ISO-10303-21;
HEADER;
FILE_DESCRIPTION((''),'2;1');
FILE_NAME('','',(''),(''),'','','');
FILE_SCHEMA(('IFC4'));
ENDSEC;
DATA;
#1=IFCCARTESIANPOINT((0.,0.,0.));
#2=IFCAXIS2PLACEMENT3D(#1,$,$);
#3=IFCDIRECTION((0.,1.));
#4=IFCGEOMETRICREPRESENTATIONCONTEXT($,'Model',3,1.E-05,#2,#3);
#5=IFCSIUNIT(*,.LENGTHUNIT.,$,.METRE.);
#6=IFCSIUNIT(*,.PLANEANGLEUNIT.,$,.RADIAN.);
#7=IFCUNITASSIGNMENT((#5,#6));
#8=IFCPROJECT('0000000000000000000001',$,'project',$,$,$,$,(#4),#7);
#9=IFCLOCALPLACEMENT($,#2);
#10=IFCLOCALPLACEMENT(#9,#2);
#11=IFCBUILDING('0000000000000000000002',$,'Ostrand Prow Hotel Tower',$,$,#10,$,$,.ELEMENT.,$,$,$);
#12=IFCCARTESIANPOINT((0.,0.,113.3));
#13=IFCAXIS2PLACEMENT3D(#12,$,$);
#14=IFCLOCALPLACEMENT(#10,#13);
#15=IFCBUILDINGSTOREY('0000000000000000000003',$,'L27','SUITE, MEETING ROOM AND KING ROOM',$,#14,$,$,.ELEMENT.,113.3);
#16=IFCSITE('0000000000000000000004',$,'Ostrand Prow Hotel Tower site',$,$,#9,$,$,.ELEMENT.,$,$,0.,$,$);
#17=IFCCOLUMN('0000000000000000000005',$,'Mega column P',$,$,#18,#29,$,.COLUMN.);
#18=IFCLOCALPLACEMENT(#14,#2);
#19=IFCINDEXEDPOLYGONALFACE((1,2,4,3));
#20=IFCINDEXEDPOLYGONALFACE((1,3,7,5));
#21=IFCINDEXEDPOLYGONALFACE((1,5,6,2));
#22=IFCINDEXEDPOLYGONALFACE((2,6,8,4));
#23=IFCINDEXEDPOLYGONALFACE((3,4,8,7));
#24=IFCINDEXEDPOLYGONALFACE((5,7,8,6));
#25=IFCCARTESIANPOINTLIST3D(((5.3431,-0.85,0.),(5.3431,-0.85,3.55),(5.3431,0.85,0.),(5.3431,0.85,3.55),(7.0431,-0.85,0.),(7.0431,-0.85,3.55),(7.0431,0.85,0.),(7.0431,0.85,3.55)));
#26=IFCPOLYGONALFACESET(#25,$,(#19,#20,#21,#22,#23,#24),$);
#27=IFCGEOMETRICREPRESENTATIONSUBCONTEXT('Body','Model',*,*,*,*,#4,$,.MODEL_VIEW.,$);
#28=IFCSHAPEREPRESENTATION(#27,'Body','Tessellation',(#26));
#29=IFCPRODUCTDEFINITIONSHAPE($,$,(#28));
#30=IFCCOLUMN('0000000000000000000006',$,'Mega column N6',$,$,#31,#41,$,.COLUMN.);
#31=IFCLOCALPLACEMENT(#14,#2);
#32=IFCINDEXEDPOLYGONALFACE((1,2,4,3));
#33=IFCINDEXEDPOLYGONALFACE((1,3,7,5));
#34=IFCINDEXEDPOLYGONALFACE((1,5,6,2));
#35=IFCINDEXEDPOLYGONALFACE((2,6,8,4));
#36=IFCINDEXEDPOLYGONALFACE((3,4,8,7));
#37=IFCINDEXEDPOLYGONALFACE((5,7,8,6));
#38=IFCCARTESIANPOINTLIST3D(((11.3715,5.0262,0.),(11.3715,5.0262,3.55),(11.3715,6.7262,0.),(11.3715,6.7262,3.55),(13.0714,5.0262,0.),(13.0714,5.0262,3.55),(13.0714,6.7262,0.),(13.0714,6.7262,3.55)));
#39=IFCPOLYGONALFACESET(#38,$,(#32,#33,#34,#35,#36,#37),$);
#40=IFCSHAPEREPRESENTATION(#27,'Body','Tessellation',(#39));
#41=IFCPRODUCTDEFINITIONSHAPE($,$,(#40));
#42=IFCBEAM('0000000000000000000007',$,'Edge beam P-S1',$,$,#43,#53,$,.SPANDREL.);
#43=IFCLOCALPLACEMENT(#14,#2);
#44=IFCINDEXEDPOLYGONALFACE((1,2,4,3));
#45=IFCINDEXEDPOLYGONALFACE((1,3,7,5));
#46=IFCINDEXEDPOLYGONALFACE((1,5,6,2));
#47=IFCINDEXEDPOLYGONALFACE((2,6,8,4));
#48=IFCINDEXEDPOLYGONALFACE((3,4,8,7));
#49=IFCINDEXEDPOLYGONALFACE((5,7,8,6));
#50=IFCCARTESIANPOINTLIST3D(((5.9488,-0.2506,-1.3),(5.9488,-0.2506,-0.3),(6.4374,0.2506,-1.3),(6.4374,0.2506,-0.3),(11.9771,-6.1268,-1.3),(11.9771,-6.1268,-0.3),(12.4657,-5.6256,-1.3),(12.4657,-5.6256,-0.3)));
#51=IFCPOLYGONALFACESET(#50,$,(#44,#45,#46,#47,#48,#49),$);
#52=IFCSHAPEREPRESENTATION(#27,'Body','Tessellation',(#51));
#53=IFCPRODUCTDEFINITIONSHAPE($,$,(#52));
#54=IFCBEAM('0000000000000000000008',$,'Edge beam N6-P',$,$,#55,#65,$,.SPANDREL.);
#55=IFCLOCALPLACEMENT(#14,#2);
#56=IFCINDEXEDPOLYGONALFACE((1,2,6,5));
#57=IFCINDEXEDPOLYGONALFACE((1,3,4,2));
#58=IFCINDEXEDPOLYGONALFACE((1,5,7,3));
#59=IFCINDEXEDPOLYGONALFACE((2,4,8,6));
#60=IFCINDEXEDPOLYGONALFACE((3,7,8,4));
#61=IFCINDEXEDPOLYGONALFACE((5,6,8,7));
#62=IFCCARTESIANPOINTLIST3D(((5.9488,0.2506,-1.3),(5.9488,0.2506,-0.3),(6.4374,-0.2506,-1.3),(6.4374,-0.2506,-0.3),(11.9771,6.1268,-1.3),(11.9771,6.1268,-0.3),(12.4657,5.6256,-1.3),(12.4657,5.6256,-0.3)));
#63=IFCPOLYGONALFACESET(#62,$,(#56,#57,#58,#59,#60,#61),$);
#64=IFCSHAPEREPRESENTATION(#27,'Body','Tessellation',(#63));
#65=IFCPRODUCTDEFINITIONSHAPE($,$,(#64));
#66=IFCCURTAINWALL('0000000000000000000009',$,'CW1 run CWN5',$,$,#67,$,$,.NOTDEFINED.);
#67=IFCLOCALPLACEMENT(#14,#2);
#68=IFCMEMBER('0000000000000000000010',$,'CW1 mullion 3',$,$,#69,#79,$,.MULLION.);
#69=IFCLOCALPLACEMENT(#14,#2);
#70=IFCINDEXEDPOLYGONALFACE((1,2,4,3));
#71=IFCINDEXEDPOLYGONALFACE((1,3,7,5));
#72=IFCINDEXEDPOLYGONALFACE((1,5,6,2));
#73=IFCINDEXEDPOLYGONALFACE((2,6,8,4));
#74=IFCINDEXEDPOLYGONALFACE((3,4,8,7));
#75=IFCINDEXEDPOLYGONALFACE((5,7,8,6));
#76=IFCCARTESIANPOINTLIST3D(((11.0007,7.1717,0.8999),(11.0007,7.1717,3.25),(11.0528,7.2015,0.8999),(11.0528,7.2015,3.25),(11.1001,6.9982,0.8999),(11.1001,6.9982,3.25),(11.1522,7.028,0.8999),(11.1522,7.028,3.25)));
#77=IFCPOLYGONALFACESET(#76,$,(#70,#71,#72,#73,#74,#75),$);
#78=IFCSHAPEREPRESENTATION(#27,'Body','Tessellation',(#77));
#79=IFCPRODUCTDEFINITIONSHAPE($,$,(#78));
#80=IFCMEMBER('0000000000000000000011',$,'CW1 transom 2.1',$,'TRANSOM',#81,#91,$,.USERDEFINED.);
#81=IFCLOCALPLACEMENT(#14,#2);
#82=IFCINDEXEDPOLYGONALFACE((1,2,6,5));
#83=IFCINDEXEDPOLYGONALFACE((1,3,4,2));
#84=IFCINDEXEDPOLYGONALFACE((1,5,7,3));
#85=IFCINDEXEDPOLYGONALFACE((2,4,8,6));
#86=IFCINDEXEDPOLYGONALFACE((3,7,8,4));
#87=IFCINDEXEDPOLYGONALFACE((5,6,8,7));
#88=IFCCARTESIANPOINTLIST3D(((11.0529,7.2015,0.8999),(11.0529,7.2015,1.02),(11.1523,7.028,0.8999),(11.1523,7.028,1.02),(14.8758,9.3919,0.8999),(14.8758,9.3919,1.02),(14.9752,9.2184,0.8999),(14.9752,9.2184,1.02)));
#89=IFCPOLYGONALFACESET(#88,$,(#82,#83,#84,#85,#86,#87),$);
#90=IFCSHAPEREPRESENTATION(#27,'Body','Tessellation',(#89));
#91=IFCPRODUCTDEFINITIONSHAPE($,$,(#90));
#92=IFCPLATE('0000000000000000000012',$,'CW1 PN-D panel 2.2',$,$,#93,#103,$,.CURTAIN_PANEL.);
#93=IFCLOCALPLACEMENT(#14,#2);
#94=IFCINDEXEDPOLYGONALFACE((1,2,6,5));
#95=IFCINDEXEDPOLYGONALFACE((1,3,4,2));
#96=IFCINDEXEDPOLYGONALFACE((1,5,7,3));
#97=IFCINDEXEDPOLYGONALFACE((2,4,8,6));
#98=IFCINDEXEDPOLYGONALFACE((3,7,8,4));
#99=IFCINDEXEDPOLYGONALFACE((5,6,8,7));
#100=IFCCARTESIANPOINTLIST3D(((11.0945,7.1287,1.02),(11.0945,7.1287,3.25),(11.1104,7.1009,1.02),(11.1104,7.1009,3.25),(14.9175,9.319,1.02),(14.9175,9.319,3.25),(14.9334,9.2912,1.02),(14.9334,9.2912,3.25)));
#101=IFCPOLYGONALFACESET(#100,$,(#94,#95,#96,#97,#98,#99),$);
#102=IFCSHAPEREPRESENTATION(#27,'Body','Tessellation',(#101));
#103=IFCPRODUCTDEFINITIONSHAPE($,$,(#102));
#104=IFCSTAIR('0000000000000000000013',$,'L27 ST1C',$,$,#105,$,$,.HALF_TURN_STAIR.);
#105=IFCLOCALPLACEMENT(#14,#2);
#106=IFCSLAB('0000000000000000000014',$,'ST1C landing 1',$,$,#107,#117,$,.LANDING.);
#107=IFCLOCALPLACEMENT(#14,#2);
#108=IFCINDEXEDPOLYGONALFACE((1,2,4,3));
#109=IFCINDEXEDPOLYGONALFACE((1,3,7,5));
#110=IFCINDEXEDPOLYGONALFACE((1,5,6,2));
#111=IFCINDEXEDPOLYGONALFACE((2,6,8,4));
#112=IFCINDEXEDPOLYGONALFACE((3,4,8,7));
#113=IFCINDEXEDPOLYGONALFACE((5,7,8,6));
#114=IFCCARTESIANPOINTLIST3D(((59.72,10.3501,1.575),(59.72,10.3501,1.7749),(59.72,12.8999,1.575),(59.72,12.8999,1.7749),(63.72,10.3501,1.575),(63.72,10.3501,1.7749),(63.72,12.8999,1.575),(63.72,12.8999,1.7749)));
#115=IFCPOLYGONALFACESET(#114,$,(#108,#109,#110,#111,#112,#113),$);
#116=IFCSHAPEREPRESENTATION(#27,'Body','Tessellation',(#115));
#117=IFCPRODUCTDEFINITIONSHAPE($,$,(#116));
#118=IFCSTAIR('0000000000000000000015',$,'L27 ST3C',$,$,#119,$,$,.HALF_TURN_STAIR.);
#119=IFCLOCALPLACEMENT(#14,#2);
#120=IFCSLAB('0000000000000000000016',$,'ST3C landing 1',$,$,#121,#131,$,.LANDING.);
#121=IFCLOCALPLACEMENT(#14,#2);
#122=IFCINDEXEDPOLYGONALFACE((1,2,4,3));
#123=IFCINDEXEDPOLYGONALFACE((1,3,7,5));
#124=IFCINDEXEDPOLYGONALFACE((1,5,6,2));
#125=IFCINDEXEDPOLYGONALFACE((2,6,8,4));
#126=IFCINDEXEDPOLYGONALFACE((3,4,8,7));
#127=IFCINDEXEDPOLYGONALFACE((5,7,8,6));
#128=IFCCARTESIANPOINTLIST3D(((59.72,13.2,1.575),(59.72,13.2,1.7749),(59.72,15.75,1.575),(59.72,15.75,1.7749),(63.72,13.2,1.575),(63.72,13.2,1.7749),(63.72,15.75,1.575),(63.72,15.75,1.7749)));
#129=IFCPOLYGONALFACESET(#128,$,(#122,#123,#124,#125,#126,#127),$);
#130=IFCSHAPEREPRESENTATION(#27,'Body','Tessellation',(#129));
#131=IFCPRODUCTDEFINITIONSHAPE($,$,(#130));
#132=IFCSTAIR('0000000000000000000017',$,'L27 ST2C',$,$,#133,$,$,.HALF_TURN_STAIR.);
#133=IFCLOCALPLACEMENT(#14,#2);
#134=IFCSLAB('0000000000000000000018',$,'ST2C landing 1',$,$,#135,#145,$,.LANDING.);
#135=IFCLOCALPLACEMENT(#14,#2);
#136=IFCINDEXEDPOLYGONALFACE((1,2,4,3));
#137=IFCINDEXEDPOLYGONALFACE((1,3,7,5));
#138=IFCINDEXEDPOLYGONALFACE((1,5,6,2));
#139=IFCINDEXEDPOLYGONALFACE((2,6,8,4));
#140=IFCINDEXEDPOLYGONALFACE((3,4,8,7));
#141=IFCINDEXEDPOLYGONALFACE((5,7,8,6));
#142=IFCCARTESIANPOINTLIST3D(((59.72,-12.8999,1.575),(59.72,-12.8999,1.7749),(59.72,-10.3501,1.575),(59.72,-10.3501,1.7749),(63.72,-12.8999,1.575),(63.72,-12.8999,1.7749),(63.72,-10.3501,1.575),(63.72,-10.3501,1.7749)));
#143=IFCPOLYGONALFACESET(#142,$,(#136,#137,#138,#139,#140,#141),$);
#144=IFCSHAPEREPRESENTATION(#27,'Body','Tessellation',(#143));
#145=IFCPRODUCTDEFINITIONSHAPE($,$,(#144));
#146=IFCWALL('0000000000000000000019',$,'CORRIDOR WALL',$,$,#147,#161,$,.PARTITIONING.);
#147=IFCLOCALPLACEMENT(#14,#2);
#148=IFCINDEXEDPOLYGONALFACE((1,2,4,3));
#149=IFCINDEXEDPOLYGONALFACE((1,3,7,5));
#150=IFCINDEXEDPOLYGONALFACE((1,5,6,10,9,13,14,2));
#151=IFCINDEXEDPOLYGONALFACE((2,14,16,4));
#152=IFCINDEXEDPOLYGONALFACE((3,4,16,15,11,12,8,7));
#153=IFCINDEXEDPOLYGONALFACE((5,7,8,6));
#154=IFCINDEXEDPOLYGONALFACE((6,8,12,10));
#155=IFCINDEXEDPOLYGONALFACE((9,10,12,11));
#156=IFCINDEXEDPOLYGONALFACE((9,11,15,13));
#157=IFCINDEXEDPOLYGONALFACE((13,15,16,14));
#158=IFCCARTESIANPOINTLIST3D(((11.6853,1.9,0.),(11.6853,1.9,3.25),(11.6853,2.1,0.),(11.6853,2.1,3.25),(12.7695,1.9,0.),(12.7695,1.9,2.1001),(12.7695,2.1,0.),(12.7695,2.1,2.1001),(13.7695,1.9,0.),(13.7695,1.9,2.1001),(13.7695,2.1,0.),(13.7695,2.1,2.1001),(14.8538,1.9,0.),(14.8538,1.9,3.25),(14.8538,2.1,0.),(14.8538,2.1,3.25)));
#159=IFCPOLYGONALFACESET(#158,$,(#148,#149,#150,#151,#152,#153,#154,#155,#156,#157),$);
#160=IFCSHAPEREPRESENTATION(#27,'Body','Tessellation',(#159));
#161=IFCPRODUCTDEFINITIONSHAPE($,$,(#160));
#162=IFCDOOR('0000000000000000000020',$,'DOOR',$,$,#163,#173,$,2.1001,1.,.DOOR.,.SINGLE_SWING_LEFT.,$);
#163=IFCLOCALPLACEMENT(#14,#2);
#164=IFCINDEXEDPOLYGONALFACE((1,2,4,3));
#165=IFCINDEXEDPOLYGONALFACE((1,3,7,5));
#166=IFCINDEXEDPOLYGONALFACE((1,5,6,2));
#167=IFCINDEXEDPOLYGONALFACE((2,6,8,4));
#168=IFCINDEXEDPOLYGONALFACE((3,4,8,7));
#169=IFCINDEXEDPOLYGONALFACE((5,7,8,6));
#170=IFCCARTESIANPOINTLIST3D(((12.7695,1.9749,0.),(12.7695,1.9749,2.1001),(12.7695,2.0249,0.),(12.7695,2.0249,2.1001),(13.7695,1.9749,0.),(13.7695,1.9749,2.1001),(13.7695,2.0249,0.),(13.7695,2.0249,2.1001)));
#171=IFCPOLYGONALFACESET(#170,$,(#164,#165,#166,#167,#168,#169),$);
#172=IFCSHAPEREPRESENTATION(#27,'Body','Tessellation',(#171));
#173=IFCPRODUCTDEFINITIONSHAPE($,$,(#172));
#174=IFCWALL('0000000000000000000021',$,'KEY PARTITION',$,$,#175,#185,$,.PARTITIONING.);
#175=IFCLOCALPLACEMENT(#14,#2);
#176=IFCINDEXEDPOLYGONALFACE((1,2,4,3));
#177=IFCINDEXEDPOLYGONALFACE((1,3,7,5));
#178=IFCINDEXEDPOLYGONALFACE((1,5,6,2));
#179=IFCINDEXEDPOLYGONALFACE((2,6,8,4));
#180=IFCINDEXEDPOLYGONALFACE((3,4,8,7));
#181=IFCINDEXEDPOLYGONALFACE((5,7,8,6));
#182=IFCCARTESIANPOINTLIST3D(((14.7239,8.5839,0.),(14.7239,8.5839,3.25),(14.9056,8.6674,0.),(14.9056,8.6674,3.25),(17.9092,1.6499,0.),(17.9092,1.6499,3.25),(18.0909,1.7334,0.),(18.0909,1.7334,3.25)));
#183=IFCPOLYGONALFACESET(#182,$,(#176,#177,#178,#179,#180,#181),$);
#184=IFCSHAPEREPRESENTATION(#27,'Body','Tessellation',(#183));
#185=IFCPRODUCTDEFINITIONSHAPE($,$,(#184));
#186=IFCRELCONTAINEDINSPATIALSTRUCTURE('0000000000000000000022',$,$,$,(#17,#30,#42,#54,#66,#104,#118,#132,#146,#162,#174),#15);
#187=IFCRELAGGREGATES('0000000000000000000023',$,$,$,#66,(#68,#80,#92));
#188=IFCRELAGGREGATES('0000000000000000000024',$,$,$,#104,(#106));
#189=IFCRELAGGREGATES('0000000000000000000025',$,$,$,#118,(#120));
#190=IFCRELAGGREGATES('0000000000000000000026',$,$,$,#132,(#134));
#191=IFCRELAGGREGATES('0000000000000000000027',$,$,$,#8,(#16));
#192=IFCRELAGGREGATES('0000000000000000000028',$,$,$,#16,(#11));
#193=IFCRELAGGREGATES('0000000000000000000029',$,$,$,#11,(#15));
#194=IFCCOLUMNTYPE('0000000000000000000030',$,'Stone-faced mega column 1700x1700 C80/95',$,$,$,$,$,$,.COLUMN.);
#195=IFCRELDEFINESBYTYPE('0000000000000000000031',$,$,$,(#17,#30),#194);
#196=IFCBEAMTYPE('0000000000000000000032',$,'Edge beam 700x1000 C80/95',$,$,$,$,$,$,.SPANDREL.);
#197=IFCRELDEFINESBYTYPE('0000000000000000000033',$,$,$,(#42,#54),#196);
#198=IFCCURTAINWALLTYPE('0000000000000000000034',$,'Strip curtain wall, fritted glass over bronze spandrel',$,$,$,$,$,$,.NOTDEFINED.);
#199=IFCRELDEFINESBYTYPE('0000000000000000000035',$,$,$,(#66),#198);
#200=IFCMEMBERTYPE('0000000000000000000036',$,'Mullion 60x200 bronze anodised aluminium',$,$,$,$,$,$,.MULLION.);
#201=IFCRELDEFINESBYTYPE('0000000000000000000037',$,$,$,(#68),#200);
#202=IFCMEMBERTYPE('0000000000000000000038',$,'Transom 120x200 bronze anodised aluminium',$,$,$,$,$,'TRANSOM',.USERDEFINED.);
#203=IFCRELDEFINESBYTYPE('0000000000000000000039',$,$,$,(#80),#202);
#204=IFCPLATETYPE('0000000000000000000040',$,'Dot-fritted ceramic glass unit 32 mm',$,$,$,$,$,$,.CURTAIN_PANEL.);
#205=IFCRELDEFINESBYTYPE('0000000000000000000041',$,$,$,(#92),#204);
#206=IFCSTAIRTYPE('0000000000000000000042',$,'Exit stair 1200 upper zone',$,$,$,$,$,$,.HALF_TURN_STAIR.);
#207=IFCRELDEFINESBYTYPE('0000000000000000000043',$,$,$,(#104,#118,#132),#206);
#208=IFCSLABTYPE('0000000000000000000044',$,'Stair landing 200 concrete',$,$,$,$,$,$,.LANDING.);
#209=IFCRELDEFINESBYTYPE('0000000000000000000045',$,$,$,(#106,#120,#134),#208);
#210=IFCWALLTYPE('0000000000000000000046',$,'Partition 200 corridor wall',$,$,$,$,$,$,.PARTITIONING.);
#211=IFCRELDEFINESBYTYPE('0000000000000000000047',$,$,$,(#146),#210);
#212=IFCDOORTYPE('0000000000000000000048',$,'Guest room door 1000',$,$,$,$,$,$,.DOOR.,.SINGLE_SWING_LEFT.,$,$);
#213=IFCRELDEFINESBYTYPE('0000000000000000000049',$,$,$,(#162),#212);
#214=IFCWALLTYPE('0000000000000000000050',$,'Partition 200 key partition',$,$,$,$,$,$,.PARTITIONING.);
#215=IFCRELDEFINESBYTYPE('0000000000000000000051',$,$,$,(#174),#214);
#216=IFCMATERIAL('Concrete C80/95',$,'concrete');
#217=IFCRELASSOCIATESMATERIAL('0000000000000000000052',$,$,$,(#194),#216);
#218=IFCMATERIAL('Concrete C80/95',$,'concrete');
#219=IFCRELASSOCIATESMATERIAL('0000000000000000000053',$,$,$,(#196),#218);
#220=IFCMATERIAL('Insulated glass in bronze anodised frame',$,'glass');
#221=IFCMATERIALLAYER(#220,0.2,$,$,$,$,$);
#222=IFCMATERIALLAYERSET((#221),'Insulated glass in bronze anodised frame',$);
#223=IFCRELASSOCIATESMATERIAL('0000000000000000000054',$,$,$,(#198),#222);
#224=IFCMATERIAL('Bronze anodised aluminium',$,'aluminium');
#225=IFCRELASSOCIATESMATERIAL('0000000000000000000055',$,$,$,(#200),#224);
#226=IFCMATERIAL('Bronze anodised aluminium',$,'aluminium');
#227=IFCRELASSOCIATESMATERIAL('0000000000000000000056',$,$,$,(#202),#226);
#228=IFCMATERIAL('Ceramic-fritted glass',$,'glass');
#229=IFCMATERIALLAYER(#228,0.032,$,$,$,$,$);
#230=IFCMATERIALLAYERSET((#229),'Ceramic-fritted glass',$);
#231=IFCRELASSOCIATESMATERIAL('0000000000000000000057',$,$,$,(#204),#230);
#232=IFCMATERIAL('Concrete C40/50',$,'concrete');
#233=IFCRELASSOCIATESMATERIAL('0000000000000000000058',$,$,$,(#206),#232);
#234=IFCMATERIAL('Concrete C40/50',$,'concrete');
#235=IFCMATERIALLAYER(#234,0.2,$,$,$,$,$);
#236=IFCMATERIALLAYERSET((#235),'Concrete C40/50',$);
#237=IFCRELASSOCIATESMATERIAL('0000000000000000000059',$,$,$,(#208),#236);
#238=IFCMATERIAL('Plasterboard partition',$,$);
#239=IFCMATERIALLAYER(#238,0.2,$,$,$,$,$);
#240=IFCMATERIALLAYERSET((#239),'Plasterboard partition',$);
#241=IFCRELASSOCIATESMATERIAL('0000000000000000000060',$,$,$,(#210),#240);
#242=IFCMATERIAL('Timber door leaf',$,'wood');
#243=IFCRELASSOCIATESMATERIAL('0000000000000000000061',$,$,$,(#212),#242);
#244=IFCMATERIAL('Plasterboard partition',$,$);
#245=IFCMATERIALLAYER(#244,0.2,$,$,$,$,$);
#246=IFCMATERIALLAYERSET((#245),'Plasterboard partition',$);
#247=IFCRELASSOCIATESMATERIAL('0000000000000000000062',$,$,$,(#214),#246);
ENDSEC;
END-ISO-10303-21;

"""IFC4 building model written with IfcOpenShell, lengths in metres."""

from ifc_helpers import new_model, si_unit, direction, frame, frame_2d, origin, origin_2d, place, context, subcontext, project, spatial, polyline, rectangle, outline, extrude, material, layer, layer_set, material_profile, profile_set, type_object, element, fill, aggregate, save


model = new_model("IFC4")

# Units and contexts
model_context = context("Model", 3, precision=1e-05, world=origin(), true_north=direction((0.0, 1.0)))
body_context = subcontext(model_context, "Body", "Model", "MODEL_VIEW")
ifc_project = project(units=[si_unit("LENGTHUNIT", "METRE"), si_unit("PLANEANGLEUNIT", "RADIAN")], contexts=[model_context])

# Site, building, storey
site_placement = place(None, origin())
site = spatial("IfcSite", under=ifc_project, at=site_placement, Name="Ostrand Prow Hotel Tower site", CompositionType="ELEMENT", RefElevation=0.0)
building_placement = place(site_placement, origin())
building = spatial("IfcBuilding", under=site, at=building_placement, Name="Ostrand Prow Hotel Tower", CompositionType="ELEMENT")
storey_placement = place(building_placement, frame((0.0, 0.0, 113.3)))
storey = spatial("IfcBuildingStorey", under=building, at=storey_placement, Name="L27", Description="SUITE, MEETING ROOM AND KING ROOM", CompositionType="ELEMENT", Elevation=113.3)

# Columns
ifc_material_1 = material(Name="Concrete C80/95", Category="concrete")
ifc_material_profile_1 = material_profile(ifc_material_1, rectangle(XDim=1.7, YDim=1.7, at=origin_2d()), Name="RC 1700x1700")
ifc_profile_set_1 = profile_set([ifc_material_profile_1], Name="Concrete C80/95")
column_type = type_object("IfcColumnType", Name="Stone-faced mega column 1700x1700 C80/95", PredefinedType="COLUMN", material=ifc_profile_set_1)
for number, where, z_axis, x_axis, name in (
    (1, (6.1931, 0.0, 0.0), (0.0, 0.0, 1.0), (1.0, 0.0, 0.0), "Mega column P"),
    (2, (12.2214, 5.8762, 0.0), (0.0, 0.0, 1.0), (1.0, 0.0, 0.0), "Mega column N6"),
):
    element("IfcColumn", number, at=place(storey_placement, frame(where, z_axis=z_axis, x_axis=x_axis)), inside=storey, type_object=column_type, Name=name, PredefinedType="COLUMN", context=body_context, shape_type="SweptSolid", body=[
        extrude(rectangle(XDim=1.7, YDim=1.7, at=origin_2d()), origin(), (0.0, 0.0, 1.0), 3.55),
    ])

# Beams
ifc_material_2 = material(Name="Concrete C80/95", Category="concrete")
ifc_material_profile_2 = material_profile(ifc_material_2, rectangle(XDim=0.7, YDim=1.0, at=origin_2d()), Name="RC 700x1000")
ifc_profile_set_2 = profile_set([ifc_material_profile_2], Name="Concrete C80/95")
beam_type = type_object("IfcBeamType", Name="Edge beam 700x1000 C80/95", PredefinedType="SPANDREL", material=ifc_profile_set_2)
for number, where, z_axis, x_axis, name in (
    (3, (6.1931, 0.0, -0.8), (0.716083, -0.698015, 0.0), (0.698015, 0.716083, 0.0), "Edge beam P-S1"),
    (4, (12.2214, 5.8762, -0.8), (-0.716083, -0.698015, 0.0), (0.698015, -0.716083, 0.0), "Edge beam N6-P"),
):
    element("IfcBeam", number, at=place(storey_placement, frame(where, z_axis=z_axis, x_axis=x_axis)), inside=storey, type_object=beam_type, Name=name, PredefinedType="SPANDREL", context=body_context, shape_type="SweptSolid", body=[
        extrude(rectangle(XDim=0.7, YDim=1.0, at=origin_2d()), origin(), (0.0, 0.0, 1.0), 8.4185),
    ])

# Curtain wall, members, plate
ifc_material_3 = material(Name="Insulated glass in bronze anodised frame", Category="glass")
ifc_layer_1 = layer(ifc_material_3, 0.2)
ifc_layer_set_1 = layer_set([ifc_layer_1], Name="Insulated glass in bronze anodised frame")
curtain_wall_type = type_object("IfcCurtainWallType", Name="Strip curtain wall, fritted glass over bronze spandrel", PredefinedType="NOTDEFINED", material=ifc_layer_set_1)
curtain_wall_placement = place(storey_placement, origin())
curtain_wall = element("IfcCurtainWall", 5, at=curtain_wall_placement, inside=storey, type_object=curtain_wall_type, Name="CW1 run CWN5", PredefinedType="NOTDEFINED")
ifc_material_4 = material(Name="Bronze anodised aluminium", Category="aluminium")
ifc_material_profile_3 = material_profile(ifc_material_4, rectangle(XDim=0.2, YDim=0.0601, at=origin_2d()), Name="Mullion 60x200 bronze anodised aluminium")
ifc_profile_set_3 = profile_set([ifc_material_profile_3], Name="Bronze anodised aluminium")
member_type_1 = type_object("IfcMemberType", Name="Mullion 60x200 bronze anodised aluminium", PredefinedType="MULLION", material=ifc_profile_set_3)
member_1_placement = place(storey_placement, frame((11.0764, 7.0999, 0.8999), z_axis=(0.0, 0.0, 1.0), x_axis=(0.497115, -0.867685, 0.0)))
member_1 = element("IfcMember", 6, at=member_1_placement, type_object=member_type_1, Name="CW1 mullion 3", PredefinedType="MULLION", context=body_context, shape_type="SweptSolid", body=[
    extrude(rectangle(XDim=0.2, YDim=0.0601, at=origin_2d()), origin(), (0.0, 0.0, 1.0), 2.3501),
])
ifc_material_5 = material(Name="Bronze anodised aluminium", Category="aluminium")
ifc_material_profile_4 = material_profile(ifc_material_5, rectangle(XDim=0.2, YDim=0.1201, at=origin_2d()), Name="Transom 120x200 bronze anodised aluminium")
ifc_profile_set_4 = profile_set([ifc_material_profile_4], Name="Bronze anodised aluminium")
member_type_2 = type_object("IfcMemberType", Name="Transom 120x200 bronze anodised aluminium", ElementType="TRANSOM", PredefinedType="USERDEFINED", material=ifc_profile_set_4)
member_2_placement = place(storey_placement, frame((14.9255, 9.3052, 0.96), z_axis=(-0.86767, -0.497141, 0.0), x_axis=(0.497141, -0.86767, 0.0)))
member_2 = element("IfcMember", 7, at=member_2_placement, type_object=member_type_2, Name="CW1 transom 2.1", ObjectType="TRANSOM", PredefinedType="USERDEFINED", context=body_context, shape_type="SweptSolid", body=[
    extrude(rectangle(XDim=0.2, YDim=0.1201, at=origin_2d()), origin(), (0.0, 0.0, 1.0), 4.406),
])
ifc_material_6 = material(Name="Ceramic-fritted glass", Category="glass")
ifc_layer_2 = layer(ifc_material_6, 0.032)
ifc_layer_set_2 = layer_set([ifc_layer_2], Name="Ceramic-fritted glass")
plate_type = type_object("IfcPlateType", Name="Dot-fritted ceramic glass unit 32 mm", PredefinedType="CURTAIN_PANEL", material=ifc_layer_set_2)
plate_placement = place(storey_placement, frame((13.0139, 8.21, 1.02), z_axis=(0.0, 0.0, 1.0), x_axis=(-0.867685, -0.497115, 0.0)))
plate = element("IfcPlate", 8, at=plate_placement, type_object=plate_type, Name="CW1 PN-D panel 2.2", PredefinedType="CURTAIN_PANEL", context=body_context, shape_type="SweptSolid", body=[
    extrude(rectangle(XDim=4.406, YDim=0.032, at=origin_2d()), origin(), (0.0, 0.0, 1.0), 2.23),
])
aggregate(curtain_wall, [member_1, member_2, plate])

# Stairs, slabs
ifc_material_7 = material(Name="Concrete C40/50", Category="concrete")
stair_type = type_object("IfcStairType", Name="Exit stair 1200 upper zone", PredefinedType="HALF_TURN_STAIR", material=ifc_material_7)
stair_1_placement = place(storey_placement, origin())
stair_1 = element("IfcStair", 9, at=stair_1_placement, inside=storey, type_object=stair_type, Name="L27 ST1C", PredefinedType="HALF_TURN_STAIR")
ifc_material_8 = material(Name="Concrete C40/50", Category="concrete")
ifc_layer_3 = layer(ifc_material_8, 0.2)
ifc_layer_set_3 = layer_set([ifc_layer_3], Name="Concrete C40/50")
slab_type = type_object("IfcSlabType", Name="Stair landing 200 concrete", PredefinedType="LANDING", material=ifc_layer_set_3)
slab_1_placement = place(storey_placement, frame((0.0, 0.0, 1.575)))
slab_1 = element("IfcSlab", 10, at=slab_1_placement, type_object=slab_type, Name="ST1C landing 1", PredefinedType="LANDING", context=body_context, shape_type="SweptSolid", body=[
    extrude(outline(polyline([(59.72, 10.3501), (63.72, 10.3501), (63.72, 12.8999), (59.72, 12.8999), (59.72, 10.3501)])), origin(), (0.0, 0.0, 1.0), 0.2),
])
aggregate(stair_1, [slab_1])
stair_2_placement = place(storey_placement, origin())
stair_2 = element("IfcStair", 11, at=stair_2_placement, inside=storey, type_object=stair_type, Name="L27 ST3C", PredefinedType="HALF_TURN_STAIR")
slab_2_placement = place(storey_placement, frame((0.0, 0.0, 1.575)))
slab_2 = element("IfcSlab", 12, at=slab_2_placement, type_object=slab_type, Name="ST3C landing 1", PredefinedType="LANDING", context=body_context, shape_type="SweptSolid", body=[
    extrude(outline(polyline([(59.72, 13.2), (63.72, 13.2), (63.72, 15.75), (59.72, 15.75), (59.72, 13.2)])), origin(), (0.0, 0.0, 1.0), 0.2),
])
aggregate(stair_2, [slab_2])
stair_3_placement = place(storey_placement, origin())
stair_3 = element("IfcStair", 13, at=stair_3_placement, inside=storey, type_object=stair_type, Name="L27 ST2C", PredefinedType="HALF_TURN_STAIR")
slab_3_placement = place(storey_placement, frame((0.0, 0.0, 1.575)))
slab_3 = element("IfcSlab", 14, at=slab_3_placement, type_object=slab_type, Name="ST2C landing 1", PredefinedType="LANDING", context=body_context, shape_type="SweptSolid", body=[
    extrude(outline(polyline([(59.72, -12.8999), (63.72, -12.8999), (63.72, -10.3501), (59.72, -10.3501), (59.72, -12.8999)])), origin(), (0.0, 0.0, 1.0), 0.2),
])
aggregate(stair_3, [slab_3])

# Wall, opening, door
ifc_material_9 = material(Name="Plasterboard partition")
ifc_layer_4 = layer(ifc_material_9, 0.2)
ifc_layer_set_4 = layer_set([ifc_layer_4], Name="Plasterboard partition")
wall_type_1 = type_object("IfcWallType", Name="Partition 200 corridor wall", PredefinedType="PARTITIONING", material=ifc_layer_set_4)
wall_1_placement = place(storey_placement, frame((11.6853, 2.0, 0.0), z_axis=(0.0, 0.0, 1.0), x_axis=(1.0, 0.0, 0.0)))
wall_1 = element("IfcWall", 15, at=wall_1_placement, inside=storey, type_object=wall_type_1, Name="CORRIDOR WALL", PredefinedType="PARTITIONING", context=body_context, shape_type="SweptSolid", body=[
    extrude(rectangle(XDim=3.1685, YDim=0.2, at=frame_2d((1.5842, 0.0))), origin(), (0.0, 0.0, 1.0), 3.25),
])
opening_1_placement = place(wall_1_placement, frame((1.0842, 0.0, 0.0)))
opening_1 = element("IfcOpeningElement", 16, at=opening_1_placement, cuts=wall_1, PredefinedType="OPENING", context=body_context, shape_type="SweptSolid", body=[
    extrude(rectangle(XDim=1.0, YDim=2.1001, at=frame_2d((0.5, 1.05))), frame((0.0, 0.1099, 0.0), z_axis=(0.0, -1.0, 0.0), x_axis=(1.0, 0.0, 0.0)), (0.0, 0.0, 1.0), 0.22),
])
ifc_material_10 = material(Name="Timber door leaf", Category="wood")
door_type = type_object("IfcDoorType", Name="Guest room door 1000", OperationType="SINGLE_SWING_LEFT", PredefinedType="DOOR", material=ifc_material_10)
door_placement = place(opening_1_placement, origin())
door = element("IfcDoor", 17, at=door_placement, inside=storey, type_object=door_type, Name="DOOR", OperationType="SINGLE_SWING_LEFT", OverallHeight=2.1001, OverallWidth=1.0, PredefinedType="DOOR", context=body_context, shape_type="SweptSolid", body=[
    extrude(rectangle(XDim=1.0, YDim=2.1001, at=frame_2d((0.5, 1.05))), frame((0.0, 0.0249, 0.0), z_axis=(0.0, -1.0, 0.0), x_axis=(1.0, 0.0, 0.0)), (0.0, 0.0, 1.0), 0.05),
])
fill(opening_1, door)

# Wall
ifc_material_11 = material(Name="Plasterboard partition")
ifc_layer_5 = layer(ifc_material_11, 0.2)
ifc_layer_set_5 = layer_set([ifc_layer_5], Name="Plasterboard partition")
wall_type_2 = type_object("IfcWallType", Name="Partition 200 key partition", PredefinedType="PARTITIONING", material=ifc_layer_set_5)
wall_2_placement = place(storey_placement, frame((14.8147, 8.6257, 0.0), z_axis=(0.0, 0.0, 1.0), x_axis=(0.417432, -0.908708, 0.0)))
element("IfcWall", 18, at=wall_2_placement, inside=storey, type_object=wall_type_2, Name="KEY PARTITION", PredefinedType="PARTITIONING", context=body_context, shape_type="SweptSolid", body=[
    extrude(rectangle(XDim=7.6306, YDim=0.2, at=frame_2d((3.8154, 0.0))), origin(), (0.0, 0.0, 1.0), 3.25),
])

save(model, "model.ifc")
